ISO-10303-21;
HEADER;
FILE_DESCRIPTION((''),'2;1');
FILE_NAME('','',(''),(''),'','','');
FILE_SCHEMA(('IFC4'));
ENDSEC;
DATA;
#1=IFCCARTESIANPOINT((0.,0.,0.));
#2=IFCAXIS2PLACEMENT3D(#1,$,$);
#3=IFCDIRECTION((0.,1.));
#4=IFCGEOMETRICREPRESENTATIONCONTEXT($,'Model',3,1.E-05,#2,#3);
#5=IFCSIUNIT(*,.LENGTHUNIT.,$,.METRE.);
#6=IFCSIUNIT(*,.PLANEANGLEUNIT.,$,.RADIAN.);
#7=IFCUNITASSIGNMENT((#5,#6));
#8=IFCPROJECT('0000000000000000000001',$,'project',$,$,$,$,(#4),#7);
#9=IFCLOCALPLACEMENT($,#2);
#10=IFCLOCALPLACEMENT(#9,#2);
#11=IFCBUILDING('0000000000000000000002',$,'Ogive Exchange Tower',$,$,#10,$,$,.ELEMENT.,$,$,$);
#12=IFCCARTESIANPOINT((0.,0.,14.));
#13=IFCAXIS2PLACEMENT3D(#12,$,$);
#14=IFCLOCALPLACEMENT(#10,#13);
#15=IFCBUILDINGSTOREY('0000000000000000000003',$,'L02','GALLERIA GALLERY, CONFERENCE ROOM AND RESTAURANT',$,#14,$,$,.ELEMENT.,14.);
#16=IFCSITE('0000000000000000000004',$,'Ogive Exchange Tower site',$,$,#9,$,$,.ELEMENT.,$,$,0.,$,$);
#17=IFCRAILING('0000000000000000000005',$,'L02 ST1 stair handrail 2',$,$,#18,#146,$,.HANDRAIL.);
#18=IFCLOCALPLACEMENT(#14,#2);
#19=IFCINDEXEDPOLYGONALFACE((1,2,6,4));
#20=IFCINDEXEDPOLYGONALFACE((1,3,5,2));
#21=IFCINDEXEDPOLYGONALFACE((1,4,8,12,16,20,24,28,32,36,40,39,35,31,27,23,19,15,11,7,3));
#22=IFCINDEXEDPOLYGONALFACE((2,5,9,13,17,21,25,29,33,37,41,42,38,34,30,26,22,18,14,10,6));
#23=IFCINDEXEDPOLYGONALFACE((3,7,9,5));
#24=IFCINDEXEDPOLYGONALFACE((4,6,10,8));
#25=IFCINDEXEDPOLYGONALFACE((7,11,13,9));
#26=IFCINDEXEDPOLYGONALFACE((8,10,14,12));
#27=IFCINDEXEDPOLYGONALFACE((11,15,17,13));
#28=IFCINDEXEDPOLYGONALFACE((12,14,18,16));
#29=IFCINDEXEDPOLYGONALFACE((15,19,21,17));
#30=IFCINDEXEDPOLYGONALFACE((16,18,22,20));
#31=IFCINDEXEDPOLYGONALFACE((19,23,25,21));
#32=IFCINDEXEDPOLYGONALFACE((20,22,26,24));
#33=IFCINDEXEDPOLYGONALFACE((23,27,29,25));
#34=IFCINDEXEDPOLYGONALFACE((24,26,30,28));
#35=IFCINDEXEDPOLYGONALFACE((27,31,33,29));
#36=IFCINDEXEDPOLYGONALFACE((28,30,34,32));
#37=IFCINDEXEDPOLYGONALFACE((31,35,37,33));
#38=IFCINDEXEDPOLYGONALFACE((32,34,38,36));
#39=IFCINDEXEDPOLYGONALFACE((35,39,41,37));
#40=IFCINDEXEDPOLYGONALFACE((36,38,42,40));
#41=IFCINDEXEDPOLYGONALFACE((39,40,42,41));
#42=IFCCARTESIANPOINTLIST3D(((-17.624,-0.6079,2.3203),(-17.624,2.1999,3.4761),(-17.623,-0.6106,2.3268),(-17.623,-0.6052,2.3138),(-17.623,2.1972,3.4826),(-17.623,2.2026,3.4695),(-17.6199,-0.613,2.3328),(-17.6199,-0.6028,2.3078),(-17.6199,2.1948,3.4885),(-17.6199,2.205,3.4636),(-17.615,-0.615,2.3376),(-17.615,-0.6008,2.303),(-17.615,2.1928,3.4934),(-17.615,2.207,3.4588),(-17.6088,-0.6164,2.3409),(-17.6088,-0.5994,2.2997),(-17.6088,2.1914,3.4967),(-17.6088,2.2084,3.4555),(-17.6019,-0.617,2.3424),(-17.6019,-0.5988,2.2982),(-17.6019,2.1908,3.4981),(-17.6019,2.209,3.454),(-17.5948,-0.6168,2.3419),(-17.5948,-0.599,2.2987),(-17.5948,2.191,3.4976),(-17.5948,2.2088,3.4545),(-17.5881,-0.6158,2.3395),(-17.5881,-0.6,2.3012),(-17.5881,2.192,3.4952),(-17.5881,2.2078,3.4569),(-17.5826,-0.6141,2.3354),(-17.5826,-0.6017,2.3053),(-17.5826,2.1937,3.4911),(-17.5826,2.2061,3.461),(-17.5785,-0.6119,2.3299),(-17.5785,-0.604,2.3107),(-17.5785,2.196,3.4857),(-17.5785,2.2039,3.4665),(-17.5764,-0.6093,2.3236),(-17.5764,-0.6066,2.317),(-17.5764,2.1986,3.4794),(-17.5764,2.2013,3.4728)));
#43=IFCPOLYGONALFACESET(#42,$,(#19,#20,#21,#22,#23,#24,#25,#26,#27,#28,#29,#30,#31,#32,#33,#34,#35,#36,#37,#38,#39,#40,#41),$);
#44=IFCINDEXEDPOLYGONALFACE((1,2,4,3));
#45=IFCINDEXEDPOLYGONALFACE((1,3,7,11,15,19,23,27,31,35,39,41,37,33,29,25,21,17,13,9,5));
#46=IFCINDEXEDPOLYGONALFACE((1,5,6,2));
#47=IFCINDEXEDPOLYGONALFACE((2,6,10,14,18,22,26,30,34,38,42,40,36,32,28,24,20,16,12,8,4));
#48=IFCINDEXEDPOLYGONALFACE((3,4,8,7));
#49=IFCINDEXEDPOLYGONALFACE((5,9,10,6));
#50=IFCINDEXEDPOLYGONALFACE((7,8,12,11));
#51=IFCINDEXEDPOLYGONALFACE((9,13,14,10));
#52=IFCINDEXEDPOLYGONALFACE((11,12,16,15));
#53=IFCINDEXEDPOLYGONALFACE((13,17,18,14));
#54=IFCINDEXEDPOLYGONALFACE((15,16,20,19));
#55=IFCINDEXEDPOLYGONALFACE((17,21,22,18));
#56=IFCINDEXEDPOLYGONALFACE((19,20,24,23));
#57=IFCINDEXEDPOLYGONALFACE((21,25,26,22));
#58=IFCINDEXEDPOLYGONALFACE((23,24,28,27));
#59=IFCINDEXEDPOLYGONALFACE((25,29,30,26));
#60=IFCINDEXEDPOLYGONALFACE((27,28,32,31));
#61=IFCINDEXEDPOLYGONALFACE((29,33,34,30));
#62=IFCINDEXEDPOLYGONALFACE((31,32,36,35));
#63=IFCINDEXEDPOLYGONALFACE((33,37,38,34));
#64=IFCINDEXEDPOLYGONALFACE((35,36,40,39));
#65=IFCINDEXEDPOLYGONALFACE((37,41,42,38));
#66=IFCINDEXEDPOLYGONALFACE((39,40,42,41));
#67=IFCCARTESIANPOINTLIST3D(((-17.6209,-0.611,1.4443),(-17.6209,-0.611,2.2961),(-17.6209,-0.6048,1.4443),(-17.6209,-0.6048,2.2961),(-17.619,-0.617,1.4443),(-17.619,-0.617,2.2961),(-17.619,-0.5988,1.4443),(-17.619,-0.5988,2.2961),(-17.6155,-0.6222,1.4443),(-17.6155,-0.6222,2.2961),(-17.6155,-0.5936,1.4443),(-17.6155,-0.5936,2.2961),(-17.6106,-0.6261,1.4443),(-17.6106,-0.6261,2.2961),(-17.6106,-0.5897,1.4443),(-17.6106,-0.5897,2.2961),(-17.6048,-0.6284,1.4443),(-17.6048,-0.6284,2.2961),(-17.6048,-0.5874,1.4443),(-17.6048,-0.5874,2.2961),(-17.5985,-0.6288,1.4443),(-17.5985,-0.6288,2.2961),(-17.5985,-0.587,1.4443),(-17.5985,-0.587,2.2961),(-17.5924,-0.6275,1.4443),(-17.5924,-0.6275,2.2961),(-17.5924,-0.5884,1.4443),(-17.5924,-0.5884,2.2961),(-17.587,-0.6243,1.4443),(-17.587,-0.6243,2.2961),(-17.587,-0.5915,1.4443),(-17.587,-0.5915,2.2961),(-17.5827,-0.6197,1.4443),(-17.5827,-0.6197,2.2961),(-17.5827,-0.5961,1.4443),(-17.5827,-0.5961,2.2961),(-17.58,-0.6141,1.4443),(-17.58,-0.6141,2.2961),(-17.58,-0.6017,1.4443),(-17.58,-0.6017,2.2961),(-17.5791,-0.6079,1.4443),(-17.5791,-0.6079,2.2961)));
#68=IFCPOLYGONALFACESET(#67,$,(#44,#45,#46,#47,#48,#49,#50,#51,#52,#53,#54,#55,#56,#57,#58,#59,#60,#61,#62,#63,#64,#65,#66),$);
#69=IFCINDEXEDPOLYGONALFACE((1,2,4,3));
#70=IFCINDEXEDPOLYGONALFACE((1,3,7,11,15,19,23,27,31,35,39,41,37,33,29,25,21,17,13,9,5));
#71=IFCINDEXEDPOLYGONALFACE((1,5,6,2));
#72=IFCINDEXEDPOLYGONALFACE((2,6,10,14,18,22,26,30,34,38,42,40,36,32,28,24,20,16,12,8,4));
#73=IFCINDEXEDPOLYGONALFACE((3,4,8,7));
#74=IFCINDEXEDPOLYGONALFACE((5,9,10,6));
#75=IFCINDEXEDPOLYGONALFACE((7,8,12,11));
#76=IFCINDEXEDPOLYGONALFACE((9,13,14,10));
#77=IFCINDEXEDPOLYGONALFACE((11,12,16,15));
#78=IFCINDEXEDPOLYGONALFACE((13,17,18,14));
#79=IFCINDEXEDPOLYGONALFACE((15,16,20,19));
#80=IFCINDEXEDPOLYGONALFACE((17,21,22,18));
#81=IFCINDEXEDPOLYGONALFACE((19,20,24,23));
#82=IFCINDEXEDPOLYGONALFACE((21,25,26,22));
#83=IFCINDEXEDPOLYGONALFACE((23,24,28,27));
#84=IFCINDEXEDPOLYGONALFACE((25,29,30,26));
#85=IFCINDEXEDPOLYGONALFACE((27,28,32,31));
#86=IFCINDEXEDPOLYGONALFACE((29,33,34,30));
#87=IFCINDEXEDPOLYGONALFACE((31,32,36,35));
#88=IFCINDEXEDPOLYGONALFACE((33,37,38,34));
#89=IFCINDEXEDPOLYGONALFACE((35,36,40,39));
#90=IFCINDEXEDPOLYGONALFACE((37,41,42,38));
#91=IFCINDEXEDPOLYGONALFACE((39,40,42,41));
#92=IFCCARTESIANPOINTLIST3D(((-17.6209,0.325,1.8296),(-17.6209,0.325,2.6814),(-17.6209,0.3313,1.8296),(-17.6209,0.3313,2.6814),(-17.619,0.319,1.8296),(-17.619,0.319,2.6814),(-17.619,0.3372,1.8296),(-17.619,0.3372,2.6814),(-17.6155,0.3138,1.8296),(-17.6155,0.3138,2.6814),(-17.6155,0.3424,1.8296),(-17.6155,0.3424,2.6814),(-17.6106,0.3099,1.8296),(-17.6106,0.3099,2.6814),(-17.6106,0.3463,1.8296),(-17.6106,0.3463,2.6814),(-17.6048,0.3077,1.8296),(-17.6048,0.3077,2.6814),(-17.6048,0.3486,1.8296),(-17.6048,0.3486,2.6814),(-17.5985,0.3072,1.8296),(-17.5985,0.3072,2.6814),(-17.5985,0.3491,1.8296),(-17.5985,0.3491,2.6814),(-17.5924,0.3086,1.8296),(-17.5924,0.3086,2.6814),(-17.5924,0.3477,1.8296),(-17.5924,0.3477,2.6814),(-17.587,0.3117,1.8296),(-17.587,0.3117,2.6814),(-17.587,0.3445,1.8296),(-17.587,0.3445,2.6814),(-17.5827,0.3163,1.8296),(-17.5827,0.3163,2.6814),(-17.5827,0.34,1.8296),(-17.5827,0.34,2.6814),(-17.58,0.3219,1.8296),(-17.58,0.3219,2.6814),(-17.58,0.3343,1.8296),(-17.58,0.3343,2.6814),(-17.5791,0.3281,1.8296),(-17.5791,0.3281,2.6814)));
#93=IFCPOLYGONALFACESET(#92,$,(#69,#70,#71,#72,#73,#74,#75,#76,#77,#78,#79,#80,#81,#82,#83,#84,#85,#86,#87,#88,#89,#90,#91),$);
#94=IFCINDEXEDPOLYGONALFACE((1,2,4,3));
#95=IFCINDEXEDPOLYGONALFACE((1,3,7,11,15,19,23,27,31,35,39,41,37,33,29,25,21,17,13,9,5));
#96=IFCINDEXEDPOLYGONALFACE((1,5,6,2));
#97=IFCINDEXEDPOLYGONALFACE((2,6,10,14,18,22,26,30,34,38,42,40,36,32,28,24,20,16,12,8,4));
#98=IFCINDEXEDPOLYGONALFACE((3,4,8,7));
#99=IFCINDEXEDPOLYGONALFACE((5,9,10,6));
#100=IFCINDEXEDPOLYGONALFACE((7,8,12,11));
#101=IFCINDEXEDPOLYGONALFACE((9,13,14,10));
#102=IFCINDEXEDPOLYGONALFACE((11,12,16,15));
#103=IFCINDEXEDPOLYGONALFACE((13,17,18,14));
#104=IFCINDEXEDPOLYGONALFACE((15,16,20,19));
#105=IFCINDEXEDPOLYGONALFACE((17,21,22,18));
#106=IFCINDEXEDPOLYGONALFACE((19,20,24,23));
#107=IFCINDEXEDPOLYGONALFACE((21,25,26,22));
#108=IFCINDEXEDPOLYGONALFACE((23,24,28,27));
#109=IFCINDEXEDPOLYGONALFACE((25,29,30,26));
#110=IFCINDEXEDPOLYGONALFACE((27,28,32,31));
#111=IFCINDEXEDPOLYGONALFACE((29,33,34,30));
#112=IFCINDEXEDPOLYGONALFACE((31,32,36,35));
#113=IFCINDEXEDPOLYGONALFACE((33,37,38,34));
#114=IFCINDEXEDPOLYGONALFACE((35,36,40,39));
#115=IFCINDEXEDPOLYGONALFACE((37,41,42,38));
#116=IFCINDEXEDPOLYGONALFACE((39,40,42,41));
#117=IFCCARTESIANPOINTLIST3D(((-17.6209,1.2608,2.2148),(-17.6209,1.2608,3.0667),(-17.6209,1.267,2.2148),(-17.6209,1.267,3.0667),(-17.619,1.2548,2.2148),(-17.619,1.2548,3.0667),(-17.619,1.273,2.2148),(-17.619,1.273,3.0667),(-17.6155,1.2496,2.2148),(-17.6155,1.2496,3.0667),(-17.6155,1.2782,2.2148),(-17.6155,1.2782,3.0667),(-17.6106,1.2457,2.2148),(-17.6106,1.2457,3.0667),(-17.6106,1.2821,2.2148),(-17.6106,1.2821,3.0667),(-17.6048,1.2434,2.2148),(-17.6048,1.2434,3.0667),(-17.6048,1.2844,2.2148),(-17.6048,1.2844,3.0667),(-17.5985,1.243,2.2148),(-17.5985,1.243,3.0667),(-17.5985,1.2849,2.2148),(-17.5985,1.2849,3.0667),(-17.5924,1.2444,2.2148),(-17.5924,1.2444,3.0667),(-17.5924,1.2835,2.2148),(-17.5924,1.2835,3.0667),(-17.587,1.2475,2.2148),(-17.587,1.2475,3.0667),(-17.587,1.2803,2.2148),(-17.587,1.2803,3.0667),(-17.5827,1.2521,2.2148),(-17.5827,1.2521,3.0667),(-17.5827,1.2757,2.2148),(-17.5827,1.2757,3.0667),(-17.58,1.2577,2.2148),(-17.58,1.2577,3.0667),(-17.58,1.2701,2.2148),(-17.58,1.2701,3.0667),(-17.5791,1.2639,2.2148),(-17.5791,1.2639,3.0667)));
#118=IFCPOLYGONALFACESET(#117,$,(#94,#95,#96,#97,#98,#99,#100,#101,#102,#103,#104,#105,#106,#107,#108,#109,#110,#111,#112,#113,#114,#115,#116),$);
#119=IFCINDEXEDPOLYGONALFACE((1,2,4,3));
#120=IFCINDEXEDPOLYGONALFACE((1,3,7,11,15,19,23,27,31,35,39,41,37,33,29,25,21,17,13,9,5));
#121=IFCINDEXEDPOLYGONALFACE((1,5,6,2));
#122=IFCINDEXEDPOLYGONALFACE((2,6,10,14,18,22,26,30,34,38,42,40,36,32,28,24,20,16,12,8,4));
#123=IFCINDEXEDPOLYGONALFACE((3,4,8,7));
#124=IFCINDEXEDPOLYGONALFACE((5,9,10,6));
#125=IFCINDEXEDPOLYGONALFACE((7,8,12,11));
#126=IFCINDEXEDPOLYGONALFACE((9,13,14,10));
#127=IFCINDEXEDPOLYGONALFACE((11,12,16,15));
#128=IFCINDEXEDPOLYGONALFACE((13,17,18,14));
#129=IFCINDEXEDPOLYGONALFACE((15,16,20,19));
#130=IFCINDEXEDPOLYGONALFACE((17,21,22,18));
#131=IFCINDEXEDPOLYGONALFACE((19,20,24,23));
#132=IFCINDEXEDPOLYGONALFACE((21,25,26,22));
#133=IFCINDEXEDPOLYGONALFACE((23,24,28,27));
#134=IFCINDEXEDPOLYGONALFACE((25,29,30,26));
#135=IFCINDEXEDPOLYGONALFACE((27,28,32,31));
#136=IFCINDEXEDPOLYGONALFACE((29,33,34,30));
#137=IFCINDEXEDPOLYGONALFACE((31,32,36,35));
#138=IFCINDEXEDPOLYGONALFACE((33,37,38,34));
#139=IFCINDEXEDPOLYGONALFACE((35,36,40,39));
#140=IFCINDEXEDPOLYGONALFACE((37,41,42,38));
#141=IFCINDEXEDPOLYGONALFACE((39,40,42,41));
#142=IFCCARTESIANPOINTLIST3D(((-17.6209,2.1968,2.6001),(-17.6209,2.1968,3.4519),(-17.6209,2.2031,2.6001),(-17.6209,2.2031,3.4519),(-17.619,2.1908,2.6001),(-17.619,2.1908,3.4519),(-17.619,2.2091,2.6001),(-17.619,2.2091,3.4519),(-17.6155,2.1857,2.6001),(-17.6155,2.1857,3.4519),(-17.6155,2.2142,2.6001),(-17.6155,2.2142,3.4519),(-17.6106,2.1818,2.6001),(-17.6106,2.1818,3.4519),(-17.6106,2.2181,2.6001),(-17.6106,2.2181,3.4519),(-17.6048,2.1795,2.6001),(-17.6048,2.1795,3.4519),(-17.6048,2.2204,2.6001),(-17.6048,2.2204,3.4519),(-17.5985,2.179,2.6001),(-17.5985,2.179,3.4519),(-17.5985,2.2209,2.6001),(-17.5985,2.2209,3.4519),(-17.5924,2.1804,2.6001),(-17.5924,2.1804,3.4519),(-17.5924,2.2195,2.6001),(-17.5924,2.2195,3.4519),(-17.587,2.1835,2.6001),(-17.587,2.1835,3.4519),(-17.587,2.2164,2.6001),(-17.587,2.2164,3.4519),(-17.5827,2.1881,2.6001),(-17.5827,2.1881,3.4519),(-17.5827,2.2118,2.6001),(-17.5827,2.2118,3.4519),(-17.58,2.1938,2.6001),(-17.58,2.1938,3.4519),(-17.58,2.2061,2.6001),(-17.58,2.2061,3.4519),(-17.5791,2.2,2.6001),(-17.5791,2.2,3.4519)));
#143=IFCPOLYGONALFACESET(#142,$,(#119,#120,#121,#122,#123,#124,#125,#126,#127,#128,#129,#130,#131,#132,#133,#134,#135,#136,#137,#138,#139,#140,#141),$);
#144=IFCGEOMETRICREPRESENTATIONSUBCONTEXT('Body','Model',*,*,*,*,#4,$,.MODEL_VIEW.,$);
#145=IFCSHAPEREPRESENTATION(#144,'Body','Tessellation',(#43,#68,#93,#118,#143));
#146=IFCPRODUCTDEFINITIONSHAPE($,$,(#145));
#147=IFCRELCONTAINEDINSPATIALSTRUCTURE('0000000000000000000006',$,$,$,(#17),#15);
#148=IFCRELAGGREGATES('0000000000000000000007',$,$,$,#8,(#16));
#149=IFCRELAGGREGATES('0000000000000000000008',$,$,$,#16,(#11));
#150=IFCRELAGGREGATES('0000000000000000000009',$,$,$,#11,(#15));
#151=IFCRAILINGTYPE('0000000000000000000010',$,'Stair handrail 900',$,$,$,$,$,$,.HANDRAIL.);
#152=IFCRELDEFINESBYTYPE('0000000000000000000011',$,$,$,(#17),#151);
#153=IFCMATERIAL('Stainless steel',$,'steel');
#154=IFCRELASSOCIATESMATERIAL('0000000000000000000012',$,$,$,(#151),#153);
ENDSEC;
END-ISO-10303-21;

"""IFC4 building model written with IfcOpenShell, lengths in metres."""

from ifc_helpers import new_model, si_unit, direction, frame, origin, origin_2d, place, context, subcontext, project, spatial, circle, extrude, material, type_object, element, save


model = new_model("IFC4")

# Units and contexts
model_context = context("Model", 3, precision=1e-05, world=origin(), true_north=direction((0.0, 1.0)))
body_context = subcontext(model_context, "Body", "Model", "MODEL_VIEW")
ifc_project = project(units=[si_unit("LENGTHUNIT", "METRE"), si_unit("PLANEANGLEUNIT", "RADIAN")], contexts=[model_context])

# Site, building, storey
site_placement = place(None, origin())
site = spatial("IfcSite", under=ifc_project, at=site_placement, Name="Ogive Exchange Tower site", CompositionType="ELEMENT", RefElevation=0.0)
building_placement = place(site_placement, origin())
building = spatial("IfcBuilding", under=site, at=building_placement, Name="Ogive Exchange Tower", CompositionType="ELEMENT")
storey_placement = place(building_placement, frame((0.0, 0.0, 14.0)))
storey = spatial("IfcBuildingStorey", under=building, at=storey_placement, Name="L02", Description="GALLERIA GALLERY, CONFERENCE ROOM AND RESTAURANT", CompositionType="ELEMENT", Elevation=14.0)

# Shared definitions
ifc_material_1 = material(Name="Stainless steel", Category="steel")

# Railing
railing_type = type_object("IfcRailingType", Name="Stair handrail 900", PredefinedType="HANDRAIL", material=ifc_material_1)
railing_1_placement = place(storey_placement, frame((-17.6001, -0.6079, 1.4443)))
element("IfcRailing", 1, at=railing_1_placement, inside=storey, type_object=railing_type, Name="L02 ST1 stair handrail 2", PredefinedType="HANDRAIL", context=body_context, shape_type="SweptSolid", body=[
    extrude(circle(Radius=0.0239, at=origin_2d()), frame((0.0, 0.0, 0.876), z_axis=(0.0, 0.924726, 0.380633), x_axis=(-1.0, 0.0, 0.0)), (0.0, 0.0, 1.0), 3.0364),
    extrude(circle(Radius=0.021, at=origin_2d()), origin(), (0.0, 0.0, 1.0), 0.8518),
    extrude(circle(Radius=0.021, at=origin_2d()), frame((0.0, 0.936, 0.3853)), (0.0, 0.0, 1.0), 0.8518),
    extrude(circle(Radius=0.021, at=origin_2d()), frame((0.0, 1.8718, 0.7705)), (0.0, 0.0, 1.0), 0.8518),
    extrude(circle(Radius=0.021, at=origin_2d()), frame((0.0, 2.8079, 1.1558)), (0.0, 0.0, 1.0), 0.8518),
])

save(model, "model.ifc")
